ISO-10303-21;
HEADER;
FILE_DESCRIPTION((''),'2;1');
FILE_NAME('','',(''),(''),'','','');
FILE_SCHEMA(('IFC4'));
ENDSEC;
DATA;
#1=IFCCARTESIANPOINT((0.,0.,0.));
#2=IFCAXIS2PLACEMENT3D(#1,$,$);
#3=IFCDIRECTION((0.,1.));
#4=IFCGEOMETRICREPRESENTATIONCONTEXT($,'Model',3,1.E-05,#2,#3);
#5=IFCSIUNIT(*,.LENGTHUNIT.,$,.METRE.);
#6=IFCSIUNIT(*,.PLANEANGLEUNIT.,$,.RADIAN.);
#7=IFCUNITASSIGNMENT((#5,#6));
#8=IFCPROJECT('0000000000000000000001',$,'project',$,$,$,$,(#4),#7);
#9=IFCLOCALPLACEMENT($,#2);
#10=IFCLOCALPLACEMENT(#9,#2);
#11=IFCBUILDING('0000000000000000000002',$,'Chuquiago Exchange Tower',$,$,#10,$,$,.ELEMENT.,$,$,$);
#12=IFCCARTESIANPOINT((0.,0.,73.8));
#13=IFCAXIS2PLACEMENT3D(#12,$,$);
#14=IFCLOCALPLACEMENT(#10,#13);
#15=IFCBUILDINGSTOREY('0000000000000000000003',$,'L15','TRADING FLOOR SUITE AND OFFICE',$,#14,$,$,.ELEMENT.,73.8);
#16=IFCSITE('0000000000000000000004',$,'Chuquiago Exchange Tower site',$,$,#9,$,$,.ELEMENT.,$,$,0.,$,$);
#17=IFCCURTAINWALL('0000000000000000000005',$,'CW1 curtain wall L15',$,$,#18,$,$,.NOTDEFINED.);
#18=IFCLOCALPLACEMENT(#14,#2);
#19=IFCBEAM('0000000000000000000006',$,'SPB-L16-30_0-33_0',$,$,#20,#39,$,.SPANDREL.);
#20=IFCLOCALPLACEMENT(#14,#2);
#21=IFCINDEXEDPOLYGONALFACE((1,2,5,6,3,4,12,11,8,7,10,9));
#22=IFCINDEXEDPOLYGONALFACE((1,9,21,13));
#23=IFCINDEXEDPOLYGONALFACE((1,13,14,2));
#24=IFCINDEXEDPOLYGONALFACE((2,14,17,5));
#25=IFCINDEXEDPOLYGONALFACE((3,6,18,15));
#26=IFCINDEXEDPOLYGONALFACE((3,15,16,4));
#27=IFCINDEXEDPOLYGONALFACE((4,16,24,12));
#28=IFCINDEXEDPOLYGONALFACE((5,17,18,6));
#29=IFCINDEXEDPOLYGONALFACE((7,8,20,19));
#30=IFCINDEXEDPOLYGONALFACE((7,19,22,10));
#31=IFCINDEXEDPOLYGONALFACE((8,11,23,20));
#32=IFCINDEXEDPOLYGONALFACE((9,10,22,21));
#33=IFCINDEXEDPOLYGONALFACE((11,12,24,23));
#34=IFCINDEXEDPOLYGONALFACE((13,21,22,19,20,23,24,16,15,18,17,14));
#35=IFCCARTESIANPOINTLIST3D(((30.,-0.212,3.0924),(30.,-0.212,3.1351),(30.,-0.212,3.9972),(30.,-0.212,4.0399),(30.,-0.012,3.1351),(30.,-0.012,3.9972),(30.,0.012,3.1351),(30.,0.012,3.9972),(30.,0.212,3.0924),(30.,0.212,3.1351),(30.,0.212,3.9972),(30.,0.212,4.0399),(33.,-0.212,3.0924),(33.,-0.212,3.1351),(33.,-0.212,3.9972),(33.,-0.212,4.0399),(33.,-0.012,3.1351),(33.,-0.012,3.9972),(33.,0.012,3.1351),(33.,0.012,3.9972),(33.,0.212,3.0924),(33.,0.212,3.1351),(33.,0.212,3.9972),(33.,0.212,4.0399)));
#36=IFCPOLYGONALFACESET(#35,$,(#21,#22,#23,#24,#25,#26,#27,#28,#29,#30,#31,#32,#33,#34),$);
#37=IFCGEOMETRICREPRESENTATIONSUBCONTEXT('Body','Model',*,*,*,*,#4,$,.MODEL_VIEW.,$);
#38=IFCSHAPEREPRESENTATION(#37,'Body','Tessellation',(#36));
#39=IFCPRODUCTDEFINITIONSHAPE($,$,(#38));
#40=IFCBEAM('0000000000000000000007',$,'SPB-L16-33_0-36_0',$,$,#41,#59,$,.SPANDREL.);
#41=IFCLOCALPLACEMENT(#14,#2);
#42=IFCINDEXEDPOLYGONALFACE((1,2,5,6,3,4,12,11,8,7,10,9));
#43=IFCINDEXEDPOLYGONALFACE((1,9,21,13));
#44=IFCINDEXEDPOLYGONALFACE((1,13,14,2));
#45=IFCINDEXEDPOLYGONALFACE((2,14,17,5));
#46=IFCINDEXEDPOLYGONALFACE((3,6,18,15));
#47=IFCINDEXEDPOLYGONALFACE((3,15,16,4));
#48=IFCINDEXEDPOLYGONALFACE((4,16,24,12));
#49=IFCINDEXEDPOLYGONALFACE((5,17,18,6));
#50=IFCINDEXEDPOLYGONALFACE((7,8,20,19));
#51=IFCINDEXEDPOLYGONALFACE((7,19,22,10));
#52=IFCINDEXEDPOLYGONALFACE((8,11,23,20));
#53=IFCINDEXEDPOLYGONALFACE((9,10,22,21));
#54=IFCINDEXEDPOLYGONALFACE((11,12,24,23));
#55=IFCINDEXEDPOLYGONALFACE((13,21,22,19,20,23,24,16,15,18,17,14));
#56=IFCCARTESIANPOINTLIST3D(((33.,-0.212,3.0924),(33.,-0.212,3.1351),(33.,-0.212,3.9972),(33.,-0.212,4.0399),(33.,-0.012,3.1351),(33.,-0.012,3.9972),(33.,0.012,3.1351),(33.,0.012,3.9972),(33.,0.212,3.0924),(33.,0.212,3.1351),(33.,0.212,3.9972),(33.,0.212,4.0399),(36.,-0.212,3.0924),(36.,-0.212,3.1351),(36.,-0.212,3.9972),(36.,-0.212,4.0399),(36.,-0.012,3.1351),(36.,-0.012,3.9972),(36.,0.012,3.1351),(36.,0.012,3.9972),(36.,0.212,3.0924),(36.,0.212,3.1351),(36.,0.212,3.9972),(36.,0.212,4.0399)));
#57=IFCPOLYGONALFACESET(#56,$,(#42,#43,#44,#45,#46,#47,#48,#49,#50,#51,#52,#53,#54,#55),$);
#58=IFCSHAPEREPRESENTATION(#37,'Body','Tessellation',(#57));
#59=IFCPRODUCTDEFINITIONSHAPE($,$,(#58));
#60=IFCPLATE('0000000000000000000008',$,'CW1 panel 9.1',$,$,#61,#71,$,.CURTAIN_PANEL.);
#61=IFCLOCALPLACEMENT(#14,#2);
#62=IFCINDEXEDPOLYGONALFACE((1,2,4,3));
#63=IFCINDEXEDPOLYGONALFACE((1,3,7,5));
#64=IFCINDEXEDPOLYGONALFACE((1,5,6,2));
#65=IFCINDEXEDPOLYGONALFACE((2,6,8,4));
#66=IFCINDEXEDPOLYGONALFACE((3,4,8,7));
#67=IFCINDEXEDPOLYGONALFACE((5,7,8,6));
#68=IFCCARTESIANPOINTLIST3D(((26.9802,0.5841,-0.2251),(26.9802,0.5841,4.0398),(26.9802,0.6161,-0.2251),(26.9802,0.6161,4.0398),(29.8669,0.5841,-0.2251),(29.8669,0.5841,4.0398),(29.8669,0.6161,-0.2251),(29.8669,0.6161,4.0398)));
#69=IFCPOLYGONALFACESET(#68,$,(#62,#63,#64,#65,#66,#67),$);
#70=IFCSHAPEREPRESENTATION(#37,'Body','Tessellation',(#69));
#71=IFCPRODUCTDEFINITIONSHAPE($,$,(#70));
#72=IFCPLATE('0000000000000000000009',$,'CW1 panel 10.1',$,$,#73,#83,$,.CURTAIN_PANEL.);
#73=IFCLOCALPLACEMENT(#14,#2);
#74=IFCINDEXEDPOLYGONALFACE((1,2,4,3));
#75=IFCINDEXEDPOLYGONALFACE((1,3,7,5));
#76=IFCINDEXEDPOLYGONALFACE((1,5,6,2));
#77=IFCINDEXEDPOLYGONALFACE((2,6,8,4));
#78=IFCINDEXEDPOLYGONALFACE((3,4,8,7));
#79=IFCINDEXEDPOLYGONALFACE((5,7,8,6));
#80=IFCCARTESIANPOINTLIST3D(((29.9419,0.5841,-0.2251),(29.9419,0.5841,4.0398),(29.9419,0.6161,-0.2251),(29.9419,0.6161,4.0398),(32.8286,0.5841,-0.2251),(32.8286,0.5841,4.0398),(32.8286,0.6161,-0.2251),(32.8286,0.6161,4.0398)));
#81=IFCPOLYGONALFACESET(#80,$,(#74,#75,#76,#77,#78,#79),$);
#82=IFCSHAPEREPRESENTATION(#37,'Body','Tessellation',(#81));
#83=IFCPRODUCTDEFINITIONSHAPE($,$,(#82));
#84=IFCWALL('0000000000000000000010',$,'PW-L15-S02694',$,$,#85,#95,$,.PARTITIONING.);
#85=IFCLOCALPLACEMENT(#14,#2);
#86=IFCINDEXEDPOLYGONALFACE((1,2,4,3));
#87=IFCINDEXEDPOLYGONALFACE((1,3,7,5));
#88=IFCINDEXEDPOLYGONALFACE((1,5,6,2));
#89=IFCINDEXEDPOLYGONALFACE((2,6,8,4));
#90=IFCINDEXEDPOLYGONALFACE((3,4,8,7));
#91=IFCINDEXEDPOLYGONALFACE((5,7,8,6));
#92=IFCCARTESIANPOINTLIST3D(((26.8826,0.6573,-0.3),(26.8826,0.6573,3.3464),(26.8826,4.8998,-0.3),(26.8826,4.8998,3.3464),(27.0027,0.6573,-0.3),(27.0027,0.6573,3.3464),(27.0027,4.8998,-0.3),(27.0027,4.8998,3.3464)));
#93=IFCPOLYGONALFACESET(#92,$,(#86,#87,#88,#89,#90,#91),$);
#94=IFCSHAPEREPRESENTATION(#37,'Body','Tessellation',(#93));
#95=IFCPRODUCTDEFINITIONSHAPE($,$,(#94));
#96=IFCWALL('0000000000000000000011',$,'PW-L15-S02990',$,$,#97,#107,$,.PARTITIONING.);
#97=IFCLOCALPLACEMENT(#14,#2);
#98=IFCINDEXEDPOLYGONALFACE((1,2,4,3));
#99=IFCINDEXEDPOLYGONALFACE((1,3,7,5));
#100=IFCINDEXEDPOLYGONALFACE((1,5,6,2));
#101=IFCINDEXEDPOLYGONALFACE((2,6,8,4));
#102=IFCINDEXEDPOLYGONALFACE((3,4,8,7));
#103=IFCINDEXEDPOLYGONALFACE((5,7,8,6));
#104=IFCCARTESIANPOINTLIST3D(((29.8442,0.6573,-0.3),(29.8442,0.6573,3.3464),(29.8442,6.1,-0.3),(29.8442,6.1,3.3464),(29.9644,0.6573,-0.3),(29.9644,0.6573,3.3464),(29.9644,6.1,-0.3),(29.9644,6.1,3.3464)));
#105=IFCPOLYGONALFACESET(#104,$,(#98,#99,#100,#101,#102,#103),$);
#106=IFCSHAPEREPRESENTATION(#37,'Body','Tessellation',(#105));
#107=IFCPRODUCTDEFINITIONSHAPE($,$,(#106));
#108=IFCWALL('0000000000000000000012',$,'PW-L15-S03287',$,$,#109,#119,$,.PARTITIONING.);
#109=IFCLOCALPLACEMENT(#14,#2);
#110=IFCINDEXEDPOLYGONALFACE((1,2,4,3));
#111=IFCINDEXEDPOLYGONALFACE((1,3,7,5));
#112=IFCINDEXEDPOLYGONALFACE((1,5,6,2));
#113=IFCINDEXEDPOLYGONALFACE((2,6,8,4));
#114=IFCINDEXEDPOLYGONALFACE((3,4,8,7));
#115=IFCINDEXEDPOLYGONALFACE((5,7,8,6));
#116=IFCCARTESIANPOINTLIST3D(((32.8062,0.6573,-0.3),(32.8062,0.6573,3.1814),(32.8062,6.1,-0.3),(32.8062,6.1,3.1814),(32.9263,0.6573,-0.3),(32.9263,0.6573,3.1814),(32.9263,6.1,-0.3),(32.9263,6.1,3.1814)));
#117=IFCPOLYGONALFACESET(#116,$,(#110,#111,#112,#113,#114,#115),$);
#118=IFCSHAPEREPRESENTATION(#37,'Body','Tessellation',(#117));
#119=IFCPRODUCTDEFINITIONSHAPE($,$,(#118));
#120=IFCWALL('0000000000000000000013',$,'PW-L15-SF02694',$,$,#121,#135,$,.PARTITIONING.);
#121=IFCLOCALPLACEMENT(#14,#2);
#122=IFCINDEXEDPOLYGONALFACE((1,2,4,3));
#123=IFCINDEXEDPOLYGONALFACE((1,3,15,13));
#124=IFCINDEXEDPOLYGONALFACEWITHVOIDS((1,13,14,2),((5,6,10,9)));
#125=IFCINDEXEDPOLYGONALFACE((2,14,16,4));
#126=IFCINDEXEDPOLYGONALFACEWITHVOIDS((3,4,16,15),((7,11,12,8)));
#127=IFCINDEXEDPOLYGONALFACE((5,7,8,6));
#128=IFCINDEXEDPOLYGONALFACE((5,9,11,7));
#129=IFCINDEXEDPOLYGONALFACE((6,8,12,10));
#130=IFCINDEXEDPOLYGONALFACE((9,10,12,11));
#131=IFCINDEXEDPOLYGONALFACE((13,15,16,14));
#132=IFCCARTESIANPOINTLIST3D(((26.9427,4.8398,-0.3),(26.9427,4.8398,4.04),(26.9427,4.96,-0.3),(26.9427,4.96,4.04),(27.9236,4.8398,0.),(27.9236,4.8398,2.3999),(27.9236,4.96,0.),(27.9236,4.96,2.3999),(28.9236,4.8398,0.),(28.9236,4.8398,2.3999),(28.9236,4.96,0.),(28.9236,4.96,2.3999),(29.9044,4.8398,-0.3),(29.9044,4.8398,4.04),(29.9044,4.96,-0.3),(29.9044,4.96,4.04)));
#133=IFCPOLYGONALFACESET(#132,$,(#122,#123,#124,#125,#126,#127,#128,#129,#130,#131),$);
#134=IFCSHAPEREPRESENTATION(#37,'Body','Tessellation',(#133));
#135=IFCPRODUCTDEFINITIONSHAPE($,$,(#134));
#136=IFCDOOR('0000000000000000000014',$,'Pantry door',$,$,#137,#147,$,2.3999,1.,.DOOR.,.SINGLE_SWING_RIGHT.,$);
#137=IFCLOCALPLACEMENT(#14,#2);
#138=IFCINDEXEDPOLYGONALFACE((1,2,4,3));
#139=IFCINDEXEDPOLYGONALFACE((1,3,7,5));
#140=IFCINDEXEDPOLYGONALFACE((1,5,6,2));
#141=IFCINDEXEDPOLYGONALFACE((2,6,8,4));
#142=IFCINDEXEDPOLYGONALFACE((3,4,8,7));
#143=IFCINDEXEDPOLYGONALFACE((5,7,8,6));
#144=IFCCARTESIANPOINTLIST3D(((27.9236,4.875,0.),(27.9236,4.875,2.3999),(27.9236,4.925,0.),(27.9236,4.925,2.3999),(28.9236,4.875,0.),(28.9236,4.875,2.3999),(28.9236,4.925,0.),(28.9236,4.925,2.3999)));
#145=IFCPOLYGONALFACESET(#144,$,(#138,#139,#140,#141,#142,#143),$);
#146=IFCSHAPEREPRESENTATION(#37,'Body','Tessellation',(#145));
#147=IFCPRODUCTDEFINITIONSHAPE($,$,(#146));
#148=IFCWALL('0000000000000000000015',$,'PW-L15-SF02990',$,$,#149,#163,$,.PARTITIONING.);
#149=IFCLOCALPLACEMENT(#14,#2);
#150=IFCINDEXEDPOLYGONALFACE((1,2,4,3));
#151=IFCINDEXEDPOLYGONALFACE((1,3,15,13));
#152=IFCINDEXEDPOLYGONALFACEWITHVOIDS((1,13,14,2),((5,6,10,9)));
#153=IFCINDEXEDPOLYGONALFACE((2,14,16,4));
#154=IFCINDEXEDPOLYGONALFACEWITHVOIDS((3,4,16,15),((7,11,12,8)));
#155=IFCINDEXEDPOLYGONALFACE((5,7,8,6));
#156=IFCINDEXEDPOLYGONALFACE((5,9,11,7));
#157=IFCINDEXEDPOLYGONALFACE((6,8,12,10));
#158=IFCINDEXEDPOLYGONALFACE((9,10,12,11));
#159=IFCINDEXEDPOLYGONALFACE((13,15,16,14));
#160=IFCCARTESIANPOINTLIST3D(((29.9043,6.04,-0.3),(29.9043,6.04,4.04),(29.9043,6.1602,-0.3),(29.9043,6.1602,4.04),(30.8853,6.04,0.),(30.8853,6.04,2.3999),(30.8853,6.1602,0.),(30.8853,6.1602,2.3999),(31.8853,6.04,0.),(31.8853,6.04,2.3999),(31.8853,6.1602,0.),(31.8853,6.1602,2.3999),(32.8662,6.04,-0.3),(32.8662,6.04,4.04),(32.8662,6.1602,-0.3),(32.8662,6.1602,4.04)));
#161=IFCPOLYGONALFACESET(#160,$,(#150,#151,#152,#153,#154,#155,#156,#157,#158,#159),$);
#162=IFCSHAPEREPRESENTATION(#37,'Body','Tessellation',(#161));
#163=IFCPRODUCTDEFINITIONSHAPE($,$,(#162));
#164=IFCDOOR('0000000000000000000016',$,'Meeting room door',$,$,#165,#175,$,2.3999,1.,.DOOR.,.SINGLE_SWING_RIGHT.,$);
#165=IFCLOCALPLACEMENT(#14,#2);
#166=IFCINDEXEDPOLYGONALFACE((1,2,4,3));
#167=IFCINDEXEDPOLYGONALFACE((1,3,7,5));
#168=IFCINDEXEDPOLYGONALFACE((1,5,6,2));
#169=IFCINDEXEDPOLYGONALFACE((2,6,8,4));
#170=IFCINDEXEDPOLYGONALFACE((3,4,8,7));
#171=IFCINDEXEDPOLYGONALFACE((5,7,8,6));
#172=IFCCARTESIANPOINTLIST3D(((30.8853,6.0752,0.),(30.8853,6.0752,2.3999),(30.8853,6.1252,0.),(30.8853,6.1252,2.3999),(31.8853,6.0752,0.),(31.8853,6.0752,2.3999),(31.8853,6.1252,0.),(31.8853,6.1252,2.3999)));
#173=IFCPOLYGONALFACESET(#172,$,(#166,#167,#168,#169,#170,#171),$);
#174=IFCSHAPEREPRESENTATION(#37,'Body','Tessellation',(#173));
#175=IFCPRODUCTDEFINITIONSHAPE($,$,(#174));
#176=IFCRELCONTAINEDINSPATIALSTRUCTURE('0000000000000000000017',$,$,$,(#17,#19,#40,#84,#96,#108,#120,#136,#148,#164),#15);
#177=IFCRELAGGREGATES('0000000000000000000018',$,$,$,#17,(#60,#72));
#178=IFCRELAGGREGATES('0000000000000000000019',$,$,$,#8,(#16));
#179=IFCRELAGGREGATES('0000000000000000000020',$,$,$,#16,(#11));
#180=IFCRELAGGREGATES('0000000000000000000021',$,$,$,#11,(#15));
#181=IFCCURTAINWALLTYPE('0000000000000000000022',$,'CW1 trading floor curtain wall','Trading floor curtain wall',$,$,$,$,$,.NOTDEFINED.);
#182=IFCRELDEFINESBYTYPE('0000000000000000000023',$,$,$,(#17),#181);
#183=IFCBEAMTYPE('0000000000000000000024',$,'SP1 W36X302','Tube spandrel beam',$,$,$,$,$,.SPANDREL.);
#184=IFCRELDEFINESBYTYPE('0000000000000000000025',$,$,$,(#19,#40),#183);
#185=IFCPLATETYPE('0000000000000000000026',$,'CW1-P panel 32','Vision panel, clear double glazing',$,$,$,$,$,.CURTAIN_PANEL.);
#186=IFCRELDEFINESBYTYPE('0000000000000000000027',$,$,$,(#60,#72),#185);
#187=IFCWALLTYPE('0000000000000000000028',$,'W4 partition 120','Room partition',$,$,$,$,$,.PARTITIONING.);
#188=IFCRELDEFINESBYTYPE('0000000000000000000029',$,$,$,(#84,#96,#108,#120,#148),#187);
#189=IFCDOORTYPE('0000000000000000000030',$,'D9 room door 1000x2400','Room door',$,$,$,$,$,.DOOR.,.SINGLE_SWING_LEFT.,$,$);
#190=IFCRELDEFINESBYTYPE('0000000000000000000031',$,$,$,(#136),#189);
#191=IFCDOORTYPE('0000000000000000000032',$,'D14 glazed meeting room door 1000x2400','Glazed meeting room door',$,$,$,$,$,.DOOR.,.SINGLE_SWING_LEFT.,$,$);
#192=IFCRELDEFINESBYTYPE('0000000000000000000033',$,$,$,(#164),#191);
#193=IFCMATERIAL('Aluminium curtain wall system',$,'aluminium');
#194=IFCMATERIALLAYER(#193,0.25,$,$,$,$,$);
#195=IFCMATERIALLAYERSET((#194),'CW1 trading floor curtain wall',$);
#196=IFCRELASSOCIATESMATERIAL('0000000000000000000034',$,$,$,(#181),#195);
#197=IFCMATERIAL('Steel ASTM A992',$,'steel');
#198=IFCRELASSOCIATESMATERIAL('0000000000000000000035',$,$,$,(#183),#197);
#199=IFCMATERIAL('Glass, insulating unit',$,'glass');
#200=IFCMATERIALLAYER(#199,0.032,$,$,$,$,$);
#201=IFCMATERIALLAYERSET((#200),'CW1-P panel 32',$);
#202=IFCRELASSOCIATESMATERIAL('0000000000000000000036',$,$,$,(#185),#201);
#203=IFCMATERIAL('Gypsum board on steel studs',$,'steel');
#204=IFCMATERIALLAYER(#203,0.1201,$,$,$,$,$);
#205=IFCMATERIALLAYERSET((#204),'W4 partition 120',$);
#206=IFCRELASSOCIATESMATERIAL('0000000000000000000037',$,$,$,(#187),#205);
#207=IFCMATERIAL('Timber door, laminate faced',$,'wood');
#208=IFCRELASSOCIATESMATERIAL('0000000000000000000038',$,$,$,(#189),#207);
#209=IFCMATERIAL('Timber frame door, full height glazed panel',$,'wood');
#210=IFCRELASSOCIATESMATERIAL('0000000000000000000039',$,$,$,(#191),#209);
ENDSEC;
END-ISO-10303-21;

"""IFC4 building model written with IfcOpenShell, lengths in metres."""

from ifc_helpers import new_model, si_unit, direction, frame, frame_2d, origin, origin_2d, place, context, subcontext, project, spatial, rectangle, i_section, extrude, material, layer, layer_set, material_profile, profile_set, type_object, element, fill, aggregate, save


model = new_model("IFC4")

# Units and contexts
model_context = context("Model", 3, precision=1e-05, world=origin(), true_north=direction((0.0, 1.0)))
body_context = subcontext(model_context, "Body", "Model", "MODEL_VIEW")
ifc_project = project(units=[si_unit("LENGTHUNIT", "METRE"), si_unit("PLANEANGLEUNIT", "RADIAN")], contexts=[model_context])

# Site, building, storey
site_placement = place(None, origin())
site = spatial("IfcSite", under=ifc_project, at=site_placement, Name="Chuquiago Exchange Tower site", CompositionType="ELEMENT", RefElevation=0.0)
building_placement = place(site_placement, origin())
building = spatial("IfcBuilding", under=site, at=building_placement, Name="Chuquiago Exchange Tower", CompositionType="ELEMENT")
storey_placement = place(building_placement, frame((0.0, 0.0, 73.8)))
storey = spatial("IfcBuildingStorey", under=building, at=storey_placement, Name="L15", Description="TRADING FLOOR SUITE AND OFFICE", CompositionType="ELEMENT", Elevation=73.8)

# Curtain wall
ifc_material_1 = material(Name="Aluminium curtain wall system", Category="aluminium")
ifc_layer_1 = layer(ifc_material_1, 0.25)
ifc_layer_set_1 = layer_set([ifc_layer_1], Name="CW1 trading floor curtain wall")
curtain_wall_type = type_object("IfcCurtainWallType", Name="CW1 trading floor curtain wall", Description="Trading floor curtain wall", PredefinedType="NOTDEFINED", material=ifc_layer_set_1)
curtain_wall_placement = place(storey_placement, origin())
curtain_wall = element("IfcCurtainWall", 1, at=curtain_wall_placement, inside=storey, type_object=curtain_wall_type, Name="CW1 curtain wall L15", PredefinedType="NOTDEFINED")

# Beams
ifc_material_2 = material(Name="Steel ASTM A992", Category="steel")
ifc_material_profile_1 = material_profile(ifc_material_2, i_section(OverallWidth=0.4241, OverallDepth=0.9475, WebThickness=0.0239, FlangeThickness=0.0427, at=origin_2d()), Name="W36X302")
ifc_profile_set_1 = profile_set([ifc_material_profile_1], Name="Steel ASTM A992")
beam_type_1 = type_object("IfcBeamType", Name="SP1 W36X302", Description="Tube spandrel beam", PredefinedType="SPANDREL", material=ifc_profile_set_1)
for number, where, z_axis, x_axis, name in (
    (2, (30.0, 0.0, 3.5662), (1.0, 0.0, 0.0), (0.0, 1.0, 0.0), "SPB-L16-30_0-33_0"),
    (3, (33.0, 0.0, 3.5662), (1.0, 0.0, 0.0), (0.0, 1.0, 0.0), "SPB-L16-33_0-36_0"),
):
    element("IfcBeam", number, at=place(storey_placement, frame(where, z_axis=z_axis, x_axis=x_axis)), inside=storey, type_object=beam_type_1, Name=name, PredefinedType="SPANDREL", context=body_context, shape_type="SweptSolid", body=[
        extrude(i_section(OverallWidth=0.4241, OverallDepth=0.9475, WebThickness=0.0239, FlangeThickness=0.0427, at=origin_2d()), origin(), (0.0, 0.0, 1.0), 3.0),
    ])

# Plates
ifc_material_3 = material(Name="Glass, insulating unit", Category="glass")
ifc_layer_2 = layer(ifc_material_3, 0.032)
ifc_layer_set_2 = layer_set([ifc_layer_2], Name="CW1-P panel 32")
plate_type = type_object("IfcPlateType", Name="CW1-P panel 32", Description="Vision panel, clear double glazing", PredefinedType="CURTAIN_PANEL", material=ifc_layer_set_2)
plate_1_placement = place(storey_placement, frame((28.4236, 0.6001, -0.2251), z_axis=(0.0, 0.0, 1.0), x_axis=(1.0, 0.0, 0.0)))
plate_1 = element("IfcPlate", 4, at=plate_1_placement, type_object=plate_type, Name="CW1 panel 9.1", PredefinedType="CURTAIN_PANEL", context=body_context, shape_type="SweptSolid", body=[
    extrude(rectangle(XDim=2.8867, YDim=0.032, at=origin_2d()), origin(), (0.0, 0.0, 1.0), 4.2649),
])
plate_2_placement = place(storey_placement, frame((31.3853, 0.6001, -0.2251), z_axis=(0.0, 0.0, 1.0), x_axis=(1.0, 0.0, 0.0)))
plate_2 = element("IfcPlate", 5, at=plate_2_placement, type_object=plate_type, Name="CW1 panel 10.1", PredefinedType="CURTAIN_PANEL", context=body_context, shape_type="SweptSolid", body=[
    extrude(rectangle(XDim=2.8867, YDim=0.032, at=origin_2d()), origin(), (0.0, 0.0, 1.0), 4.2649),
])
aggregate(curtain_wall, [plate_1, plate_2])

# Walls
ifc_material_4 = material(Name="Gypsum board on steel studs", Category="steel")
ifc_layer_3 = layer(ifc_material_4, 0.1201)
ifc_layer_set_3 = layer_set([ifc_layer_3], Name="W4 partition 120")
wall_type = type_object("IfcWallType", Name="W4 partition 120", Description="Room partition", PredefinedType="PARTITIONING", material=ifc_layer_set_3)
wall_1_placement = place(storey_placement, frame((26.9426, 0.6575, -0.3), z_axis=(0.0, 0.0, 1.0), x_axis=(0.0, 1.0, 0.0)))
element("IfcWall", 6, at=wall_1_placement, inside=storey, type_object=wall_type, Name="PW-L15-S02694", PredefinedType="PARTITIONING", context=body_context, shape_type="SweptSolid", body=[
    extrude(rectangle(XDim=4.2424, YDim=0.1201, at=frame_2d((2.1211, 0.0))), origin(), (0.0, 0.0, 1.0), 3.6465),
])
wall_2_placement = place(storey_placement, frame((29.9043, 0.6575, -0.3), z_axis=(0.0, 0.0, 1.0), x_axis=(0.0, 1.0, 0.0)))
element("IfcWall", 7, at=wall_2_placement, inside=storey, type_object=wall_type, Name="PW-L15-S02990", PredefinedType="PARTITIONING", context=body_context, shape_type="SweptSolid", body=[
    extrude(rectangle(XDim=5.4426, YDim=0.1201, at=frame_2d((2.7212, 0.0))), origin(), (0.0, 0.0, 1.0), 3.6465),
])
wall_3_placement = place(storey_placement, frame((32.8662, 0.6575, -0.3), z_axis=(0.0, 0.0, 1.0), x_axis=(0.0, 1.0, 0.0)))
element("IfcWall", 8, at=wall_3_placement, inside=storey, type_object=wall_type, Name="PW-L15-S03287", PredefinedType="PARTITIONING", context=body_context, shape_type="SweptSolid", body=[
    extrude(rectangle(XDim=5.4426, YDim=0.1201, at=frame_2d((2.7212, 0.0))), origin(), (0.0, 0.0, 1.0), 3.4814),
])

# Walls, openings, doors
wall_4_placement = place(storey_placement, frame((26.9426, 4.8999, -0.3), z_axis=(0.0, 0.0, 1.0), x_axis=(1.0, 0.0, 0.0)))
wall_4 = element("IfcWall", 9, at=wall_4_placement, inside=storey, type_object=wall_type, Name="PW-L15-SF02694", PredefinedType="PARTITIONING", context=body_context, shape_type="SweptSolid", body=[
    extrude(rectangle(XDim=2.9617, YDim=0.1201, at=frame_2d((1.481, 0.0))), origin(), (0.0, 0.0, 1.0), 4.3401),
])
opening_1_placement = place(wall_4_placement, frame((0.981, 0.0, 0.3)))
opening_1 = element("IfcOpeningElement", 10, at=opening_1_placement, cuts=wall_4, PredefinedType="OPENING", context=body_context, shape_type="SweptSolid", body=[
    extrude(rectangle(XDim=1.0, YDim=2.3999, at=frame_2d((0.5, 1.2))), frame((0.0, 0.0701, 0.0), z_axis=(0.0, -1.0, 0.0), x_axis=(1.0, 0.0, 0.0)), (0.0, 0.0, 1.0), 0.1401),
])
ifc_material_5 = material(Name="Timber door, laminate faced", Category="wood")
door_type_1 = type_object("IfcDoorType", Name="D9 room door 1000x2400", Description="Room door", OperationType="SINGLE_SWING_LEFT", PredefinedType="DOOR", material=ifc_material_5)
door_1_placement = place(opening_1_placement, frame((1.0, 0.0, 0.0), z_axis=(0.0, 0.0, 1.0), x_axis=(-1.0, 0.0, 0.0)))
door_1 = element("IfcDoor", 11, at=door_1_placement, inside=storey, type_object=door_type_1, Name="Pantry door", OperationType="SINGLE_SWING_RIGHT", OverallHeight=2.3999, OverallWidth=1.0, PredefinedType="DOOR", context=body_context, shape_type="SweptSolid", body=[
    extrude(rectangle(XDim=1.0, YDim=2.3999, at=frame_2d((0.5, 1.2))), frame((0.0, 0.0249, 0.0), z_axis=(0.0, -1.0, 0.0), x_axis=(1.0, 0.0, 0.0)), (0.0, 0.0, 1.0), 0.05),
])
fill(opening_1, door_1)
wall_5_placement = place(storey_placement, frame((29.9043, 6.1001, -0.3), z_axis=(0.0, 0.0, 1.0), x_axis=(1.0, 0.0, 0.0)))
wall_5 = element("IfcWall", 12, at=wall_5_placement, inside=storey, type_object=wall_type, Name="PW-L15-SF02990", PredefinedType="PARTITIONING", context=body_context, shape_type="SweptSolid", body=[
    extrude(rectangle(XDim=2.9619, YDim=0.1201, at=frame_2d((1.481, 0.0))), origin(), (0.0, 0.0, 1.0), 4.3401),
])
opening_2_placement = place(wall_5_placement, frame((0.981, 0.0, 0.3)))
opening_2 = element("IfcOpeningElement", 13, at=opening_2_placement, cuts=wall_5, PredefinedType="OPENING", context=body_context, shape_type="SweptSolid", body=[
    extrude(rectangle(XDim=1.0, YDim=2.3999, at=frame_2d((0.5, 1.2))), frame((0.0, 0.0701, 0.0), z_axis=(0.0, -1.0, 0.0), x_axis=(1.0, 0.0, 0.0)), (0.0, 0.0, 1.0), 0.1401),
])
ifc_material_6 = material(Name="Timber frame door, full height glazed panel", Category="wood")
door_type_2 = type_object("IfcDoorType", Name="D14 glazed meeting room door 1000x2400", Description="Glazed meeting room door", OperationType="SINGLE_SWING_LEFT", PredefinedType="DOOR", material=ifc_material_6)
door_2_placement = place(opening_2_placement, frame((1.0, 0.0, 0.0), z_axis=(0.0, 0.0, 1.0), x_axis=(-1.0, 0.0, 0.0)))
door_2 = element("IfcDoor", 14, at=door_2_placement, inside=storey, type_object=door_type_2, Name="Meeting room door", OperationType="SINGLE_SWING_RIGHT", OverallHeight=2.3999, OverallWidth=1.0, PredefinedType="DOOR", context=body_context, shape_type="SweptSolid", body=[
    extrude(rectangle(XDim=1.0, YDim=2.3999, at=frame_2d((0.5, 1.2))), frame((0.0, 0.0249, 0.0), z_axis=(0.0, -1.0, 0.0), x_axis=(1.0, 0.0, 0.0)), (0.0, 0.0, 1.0), 0.05),
])
fill(opening_2, door_2)

save(model, "model.ifc")
